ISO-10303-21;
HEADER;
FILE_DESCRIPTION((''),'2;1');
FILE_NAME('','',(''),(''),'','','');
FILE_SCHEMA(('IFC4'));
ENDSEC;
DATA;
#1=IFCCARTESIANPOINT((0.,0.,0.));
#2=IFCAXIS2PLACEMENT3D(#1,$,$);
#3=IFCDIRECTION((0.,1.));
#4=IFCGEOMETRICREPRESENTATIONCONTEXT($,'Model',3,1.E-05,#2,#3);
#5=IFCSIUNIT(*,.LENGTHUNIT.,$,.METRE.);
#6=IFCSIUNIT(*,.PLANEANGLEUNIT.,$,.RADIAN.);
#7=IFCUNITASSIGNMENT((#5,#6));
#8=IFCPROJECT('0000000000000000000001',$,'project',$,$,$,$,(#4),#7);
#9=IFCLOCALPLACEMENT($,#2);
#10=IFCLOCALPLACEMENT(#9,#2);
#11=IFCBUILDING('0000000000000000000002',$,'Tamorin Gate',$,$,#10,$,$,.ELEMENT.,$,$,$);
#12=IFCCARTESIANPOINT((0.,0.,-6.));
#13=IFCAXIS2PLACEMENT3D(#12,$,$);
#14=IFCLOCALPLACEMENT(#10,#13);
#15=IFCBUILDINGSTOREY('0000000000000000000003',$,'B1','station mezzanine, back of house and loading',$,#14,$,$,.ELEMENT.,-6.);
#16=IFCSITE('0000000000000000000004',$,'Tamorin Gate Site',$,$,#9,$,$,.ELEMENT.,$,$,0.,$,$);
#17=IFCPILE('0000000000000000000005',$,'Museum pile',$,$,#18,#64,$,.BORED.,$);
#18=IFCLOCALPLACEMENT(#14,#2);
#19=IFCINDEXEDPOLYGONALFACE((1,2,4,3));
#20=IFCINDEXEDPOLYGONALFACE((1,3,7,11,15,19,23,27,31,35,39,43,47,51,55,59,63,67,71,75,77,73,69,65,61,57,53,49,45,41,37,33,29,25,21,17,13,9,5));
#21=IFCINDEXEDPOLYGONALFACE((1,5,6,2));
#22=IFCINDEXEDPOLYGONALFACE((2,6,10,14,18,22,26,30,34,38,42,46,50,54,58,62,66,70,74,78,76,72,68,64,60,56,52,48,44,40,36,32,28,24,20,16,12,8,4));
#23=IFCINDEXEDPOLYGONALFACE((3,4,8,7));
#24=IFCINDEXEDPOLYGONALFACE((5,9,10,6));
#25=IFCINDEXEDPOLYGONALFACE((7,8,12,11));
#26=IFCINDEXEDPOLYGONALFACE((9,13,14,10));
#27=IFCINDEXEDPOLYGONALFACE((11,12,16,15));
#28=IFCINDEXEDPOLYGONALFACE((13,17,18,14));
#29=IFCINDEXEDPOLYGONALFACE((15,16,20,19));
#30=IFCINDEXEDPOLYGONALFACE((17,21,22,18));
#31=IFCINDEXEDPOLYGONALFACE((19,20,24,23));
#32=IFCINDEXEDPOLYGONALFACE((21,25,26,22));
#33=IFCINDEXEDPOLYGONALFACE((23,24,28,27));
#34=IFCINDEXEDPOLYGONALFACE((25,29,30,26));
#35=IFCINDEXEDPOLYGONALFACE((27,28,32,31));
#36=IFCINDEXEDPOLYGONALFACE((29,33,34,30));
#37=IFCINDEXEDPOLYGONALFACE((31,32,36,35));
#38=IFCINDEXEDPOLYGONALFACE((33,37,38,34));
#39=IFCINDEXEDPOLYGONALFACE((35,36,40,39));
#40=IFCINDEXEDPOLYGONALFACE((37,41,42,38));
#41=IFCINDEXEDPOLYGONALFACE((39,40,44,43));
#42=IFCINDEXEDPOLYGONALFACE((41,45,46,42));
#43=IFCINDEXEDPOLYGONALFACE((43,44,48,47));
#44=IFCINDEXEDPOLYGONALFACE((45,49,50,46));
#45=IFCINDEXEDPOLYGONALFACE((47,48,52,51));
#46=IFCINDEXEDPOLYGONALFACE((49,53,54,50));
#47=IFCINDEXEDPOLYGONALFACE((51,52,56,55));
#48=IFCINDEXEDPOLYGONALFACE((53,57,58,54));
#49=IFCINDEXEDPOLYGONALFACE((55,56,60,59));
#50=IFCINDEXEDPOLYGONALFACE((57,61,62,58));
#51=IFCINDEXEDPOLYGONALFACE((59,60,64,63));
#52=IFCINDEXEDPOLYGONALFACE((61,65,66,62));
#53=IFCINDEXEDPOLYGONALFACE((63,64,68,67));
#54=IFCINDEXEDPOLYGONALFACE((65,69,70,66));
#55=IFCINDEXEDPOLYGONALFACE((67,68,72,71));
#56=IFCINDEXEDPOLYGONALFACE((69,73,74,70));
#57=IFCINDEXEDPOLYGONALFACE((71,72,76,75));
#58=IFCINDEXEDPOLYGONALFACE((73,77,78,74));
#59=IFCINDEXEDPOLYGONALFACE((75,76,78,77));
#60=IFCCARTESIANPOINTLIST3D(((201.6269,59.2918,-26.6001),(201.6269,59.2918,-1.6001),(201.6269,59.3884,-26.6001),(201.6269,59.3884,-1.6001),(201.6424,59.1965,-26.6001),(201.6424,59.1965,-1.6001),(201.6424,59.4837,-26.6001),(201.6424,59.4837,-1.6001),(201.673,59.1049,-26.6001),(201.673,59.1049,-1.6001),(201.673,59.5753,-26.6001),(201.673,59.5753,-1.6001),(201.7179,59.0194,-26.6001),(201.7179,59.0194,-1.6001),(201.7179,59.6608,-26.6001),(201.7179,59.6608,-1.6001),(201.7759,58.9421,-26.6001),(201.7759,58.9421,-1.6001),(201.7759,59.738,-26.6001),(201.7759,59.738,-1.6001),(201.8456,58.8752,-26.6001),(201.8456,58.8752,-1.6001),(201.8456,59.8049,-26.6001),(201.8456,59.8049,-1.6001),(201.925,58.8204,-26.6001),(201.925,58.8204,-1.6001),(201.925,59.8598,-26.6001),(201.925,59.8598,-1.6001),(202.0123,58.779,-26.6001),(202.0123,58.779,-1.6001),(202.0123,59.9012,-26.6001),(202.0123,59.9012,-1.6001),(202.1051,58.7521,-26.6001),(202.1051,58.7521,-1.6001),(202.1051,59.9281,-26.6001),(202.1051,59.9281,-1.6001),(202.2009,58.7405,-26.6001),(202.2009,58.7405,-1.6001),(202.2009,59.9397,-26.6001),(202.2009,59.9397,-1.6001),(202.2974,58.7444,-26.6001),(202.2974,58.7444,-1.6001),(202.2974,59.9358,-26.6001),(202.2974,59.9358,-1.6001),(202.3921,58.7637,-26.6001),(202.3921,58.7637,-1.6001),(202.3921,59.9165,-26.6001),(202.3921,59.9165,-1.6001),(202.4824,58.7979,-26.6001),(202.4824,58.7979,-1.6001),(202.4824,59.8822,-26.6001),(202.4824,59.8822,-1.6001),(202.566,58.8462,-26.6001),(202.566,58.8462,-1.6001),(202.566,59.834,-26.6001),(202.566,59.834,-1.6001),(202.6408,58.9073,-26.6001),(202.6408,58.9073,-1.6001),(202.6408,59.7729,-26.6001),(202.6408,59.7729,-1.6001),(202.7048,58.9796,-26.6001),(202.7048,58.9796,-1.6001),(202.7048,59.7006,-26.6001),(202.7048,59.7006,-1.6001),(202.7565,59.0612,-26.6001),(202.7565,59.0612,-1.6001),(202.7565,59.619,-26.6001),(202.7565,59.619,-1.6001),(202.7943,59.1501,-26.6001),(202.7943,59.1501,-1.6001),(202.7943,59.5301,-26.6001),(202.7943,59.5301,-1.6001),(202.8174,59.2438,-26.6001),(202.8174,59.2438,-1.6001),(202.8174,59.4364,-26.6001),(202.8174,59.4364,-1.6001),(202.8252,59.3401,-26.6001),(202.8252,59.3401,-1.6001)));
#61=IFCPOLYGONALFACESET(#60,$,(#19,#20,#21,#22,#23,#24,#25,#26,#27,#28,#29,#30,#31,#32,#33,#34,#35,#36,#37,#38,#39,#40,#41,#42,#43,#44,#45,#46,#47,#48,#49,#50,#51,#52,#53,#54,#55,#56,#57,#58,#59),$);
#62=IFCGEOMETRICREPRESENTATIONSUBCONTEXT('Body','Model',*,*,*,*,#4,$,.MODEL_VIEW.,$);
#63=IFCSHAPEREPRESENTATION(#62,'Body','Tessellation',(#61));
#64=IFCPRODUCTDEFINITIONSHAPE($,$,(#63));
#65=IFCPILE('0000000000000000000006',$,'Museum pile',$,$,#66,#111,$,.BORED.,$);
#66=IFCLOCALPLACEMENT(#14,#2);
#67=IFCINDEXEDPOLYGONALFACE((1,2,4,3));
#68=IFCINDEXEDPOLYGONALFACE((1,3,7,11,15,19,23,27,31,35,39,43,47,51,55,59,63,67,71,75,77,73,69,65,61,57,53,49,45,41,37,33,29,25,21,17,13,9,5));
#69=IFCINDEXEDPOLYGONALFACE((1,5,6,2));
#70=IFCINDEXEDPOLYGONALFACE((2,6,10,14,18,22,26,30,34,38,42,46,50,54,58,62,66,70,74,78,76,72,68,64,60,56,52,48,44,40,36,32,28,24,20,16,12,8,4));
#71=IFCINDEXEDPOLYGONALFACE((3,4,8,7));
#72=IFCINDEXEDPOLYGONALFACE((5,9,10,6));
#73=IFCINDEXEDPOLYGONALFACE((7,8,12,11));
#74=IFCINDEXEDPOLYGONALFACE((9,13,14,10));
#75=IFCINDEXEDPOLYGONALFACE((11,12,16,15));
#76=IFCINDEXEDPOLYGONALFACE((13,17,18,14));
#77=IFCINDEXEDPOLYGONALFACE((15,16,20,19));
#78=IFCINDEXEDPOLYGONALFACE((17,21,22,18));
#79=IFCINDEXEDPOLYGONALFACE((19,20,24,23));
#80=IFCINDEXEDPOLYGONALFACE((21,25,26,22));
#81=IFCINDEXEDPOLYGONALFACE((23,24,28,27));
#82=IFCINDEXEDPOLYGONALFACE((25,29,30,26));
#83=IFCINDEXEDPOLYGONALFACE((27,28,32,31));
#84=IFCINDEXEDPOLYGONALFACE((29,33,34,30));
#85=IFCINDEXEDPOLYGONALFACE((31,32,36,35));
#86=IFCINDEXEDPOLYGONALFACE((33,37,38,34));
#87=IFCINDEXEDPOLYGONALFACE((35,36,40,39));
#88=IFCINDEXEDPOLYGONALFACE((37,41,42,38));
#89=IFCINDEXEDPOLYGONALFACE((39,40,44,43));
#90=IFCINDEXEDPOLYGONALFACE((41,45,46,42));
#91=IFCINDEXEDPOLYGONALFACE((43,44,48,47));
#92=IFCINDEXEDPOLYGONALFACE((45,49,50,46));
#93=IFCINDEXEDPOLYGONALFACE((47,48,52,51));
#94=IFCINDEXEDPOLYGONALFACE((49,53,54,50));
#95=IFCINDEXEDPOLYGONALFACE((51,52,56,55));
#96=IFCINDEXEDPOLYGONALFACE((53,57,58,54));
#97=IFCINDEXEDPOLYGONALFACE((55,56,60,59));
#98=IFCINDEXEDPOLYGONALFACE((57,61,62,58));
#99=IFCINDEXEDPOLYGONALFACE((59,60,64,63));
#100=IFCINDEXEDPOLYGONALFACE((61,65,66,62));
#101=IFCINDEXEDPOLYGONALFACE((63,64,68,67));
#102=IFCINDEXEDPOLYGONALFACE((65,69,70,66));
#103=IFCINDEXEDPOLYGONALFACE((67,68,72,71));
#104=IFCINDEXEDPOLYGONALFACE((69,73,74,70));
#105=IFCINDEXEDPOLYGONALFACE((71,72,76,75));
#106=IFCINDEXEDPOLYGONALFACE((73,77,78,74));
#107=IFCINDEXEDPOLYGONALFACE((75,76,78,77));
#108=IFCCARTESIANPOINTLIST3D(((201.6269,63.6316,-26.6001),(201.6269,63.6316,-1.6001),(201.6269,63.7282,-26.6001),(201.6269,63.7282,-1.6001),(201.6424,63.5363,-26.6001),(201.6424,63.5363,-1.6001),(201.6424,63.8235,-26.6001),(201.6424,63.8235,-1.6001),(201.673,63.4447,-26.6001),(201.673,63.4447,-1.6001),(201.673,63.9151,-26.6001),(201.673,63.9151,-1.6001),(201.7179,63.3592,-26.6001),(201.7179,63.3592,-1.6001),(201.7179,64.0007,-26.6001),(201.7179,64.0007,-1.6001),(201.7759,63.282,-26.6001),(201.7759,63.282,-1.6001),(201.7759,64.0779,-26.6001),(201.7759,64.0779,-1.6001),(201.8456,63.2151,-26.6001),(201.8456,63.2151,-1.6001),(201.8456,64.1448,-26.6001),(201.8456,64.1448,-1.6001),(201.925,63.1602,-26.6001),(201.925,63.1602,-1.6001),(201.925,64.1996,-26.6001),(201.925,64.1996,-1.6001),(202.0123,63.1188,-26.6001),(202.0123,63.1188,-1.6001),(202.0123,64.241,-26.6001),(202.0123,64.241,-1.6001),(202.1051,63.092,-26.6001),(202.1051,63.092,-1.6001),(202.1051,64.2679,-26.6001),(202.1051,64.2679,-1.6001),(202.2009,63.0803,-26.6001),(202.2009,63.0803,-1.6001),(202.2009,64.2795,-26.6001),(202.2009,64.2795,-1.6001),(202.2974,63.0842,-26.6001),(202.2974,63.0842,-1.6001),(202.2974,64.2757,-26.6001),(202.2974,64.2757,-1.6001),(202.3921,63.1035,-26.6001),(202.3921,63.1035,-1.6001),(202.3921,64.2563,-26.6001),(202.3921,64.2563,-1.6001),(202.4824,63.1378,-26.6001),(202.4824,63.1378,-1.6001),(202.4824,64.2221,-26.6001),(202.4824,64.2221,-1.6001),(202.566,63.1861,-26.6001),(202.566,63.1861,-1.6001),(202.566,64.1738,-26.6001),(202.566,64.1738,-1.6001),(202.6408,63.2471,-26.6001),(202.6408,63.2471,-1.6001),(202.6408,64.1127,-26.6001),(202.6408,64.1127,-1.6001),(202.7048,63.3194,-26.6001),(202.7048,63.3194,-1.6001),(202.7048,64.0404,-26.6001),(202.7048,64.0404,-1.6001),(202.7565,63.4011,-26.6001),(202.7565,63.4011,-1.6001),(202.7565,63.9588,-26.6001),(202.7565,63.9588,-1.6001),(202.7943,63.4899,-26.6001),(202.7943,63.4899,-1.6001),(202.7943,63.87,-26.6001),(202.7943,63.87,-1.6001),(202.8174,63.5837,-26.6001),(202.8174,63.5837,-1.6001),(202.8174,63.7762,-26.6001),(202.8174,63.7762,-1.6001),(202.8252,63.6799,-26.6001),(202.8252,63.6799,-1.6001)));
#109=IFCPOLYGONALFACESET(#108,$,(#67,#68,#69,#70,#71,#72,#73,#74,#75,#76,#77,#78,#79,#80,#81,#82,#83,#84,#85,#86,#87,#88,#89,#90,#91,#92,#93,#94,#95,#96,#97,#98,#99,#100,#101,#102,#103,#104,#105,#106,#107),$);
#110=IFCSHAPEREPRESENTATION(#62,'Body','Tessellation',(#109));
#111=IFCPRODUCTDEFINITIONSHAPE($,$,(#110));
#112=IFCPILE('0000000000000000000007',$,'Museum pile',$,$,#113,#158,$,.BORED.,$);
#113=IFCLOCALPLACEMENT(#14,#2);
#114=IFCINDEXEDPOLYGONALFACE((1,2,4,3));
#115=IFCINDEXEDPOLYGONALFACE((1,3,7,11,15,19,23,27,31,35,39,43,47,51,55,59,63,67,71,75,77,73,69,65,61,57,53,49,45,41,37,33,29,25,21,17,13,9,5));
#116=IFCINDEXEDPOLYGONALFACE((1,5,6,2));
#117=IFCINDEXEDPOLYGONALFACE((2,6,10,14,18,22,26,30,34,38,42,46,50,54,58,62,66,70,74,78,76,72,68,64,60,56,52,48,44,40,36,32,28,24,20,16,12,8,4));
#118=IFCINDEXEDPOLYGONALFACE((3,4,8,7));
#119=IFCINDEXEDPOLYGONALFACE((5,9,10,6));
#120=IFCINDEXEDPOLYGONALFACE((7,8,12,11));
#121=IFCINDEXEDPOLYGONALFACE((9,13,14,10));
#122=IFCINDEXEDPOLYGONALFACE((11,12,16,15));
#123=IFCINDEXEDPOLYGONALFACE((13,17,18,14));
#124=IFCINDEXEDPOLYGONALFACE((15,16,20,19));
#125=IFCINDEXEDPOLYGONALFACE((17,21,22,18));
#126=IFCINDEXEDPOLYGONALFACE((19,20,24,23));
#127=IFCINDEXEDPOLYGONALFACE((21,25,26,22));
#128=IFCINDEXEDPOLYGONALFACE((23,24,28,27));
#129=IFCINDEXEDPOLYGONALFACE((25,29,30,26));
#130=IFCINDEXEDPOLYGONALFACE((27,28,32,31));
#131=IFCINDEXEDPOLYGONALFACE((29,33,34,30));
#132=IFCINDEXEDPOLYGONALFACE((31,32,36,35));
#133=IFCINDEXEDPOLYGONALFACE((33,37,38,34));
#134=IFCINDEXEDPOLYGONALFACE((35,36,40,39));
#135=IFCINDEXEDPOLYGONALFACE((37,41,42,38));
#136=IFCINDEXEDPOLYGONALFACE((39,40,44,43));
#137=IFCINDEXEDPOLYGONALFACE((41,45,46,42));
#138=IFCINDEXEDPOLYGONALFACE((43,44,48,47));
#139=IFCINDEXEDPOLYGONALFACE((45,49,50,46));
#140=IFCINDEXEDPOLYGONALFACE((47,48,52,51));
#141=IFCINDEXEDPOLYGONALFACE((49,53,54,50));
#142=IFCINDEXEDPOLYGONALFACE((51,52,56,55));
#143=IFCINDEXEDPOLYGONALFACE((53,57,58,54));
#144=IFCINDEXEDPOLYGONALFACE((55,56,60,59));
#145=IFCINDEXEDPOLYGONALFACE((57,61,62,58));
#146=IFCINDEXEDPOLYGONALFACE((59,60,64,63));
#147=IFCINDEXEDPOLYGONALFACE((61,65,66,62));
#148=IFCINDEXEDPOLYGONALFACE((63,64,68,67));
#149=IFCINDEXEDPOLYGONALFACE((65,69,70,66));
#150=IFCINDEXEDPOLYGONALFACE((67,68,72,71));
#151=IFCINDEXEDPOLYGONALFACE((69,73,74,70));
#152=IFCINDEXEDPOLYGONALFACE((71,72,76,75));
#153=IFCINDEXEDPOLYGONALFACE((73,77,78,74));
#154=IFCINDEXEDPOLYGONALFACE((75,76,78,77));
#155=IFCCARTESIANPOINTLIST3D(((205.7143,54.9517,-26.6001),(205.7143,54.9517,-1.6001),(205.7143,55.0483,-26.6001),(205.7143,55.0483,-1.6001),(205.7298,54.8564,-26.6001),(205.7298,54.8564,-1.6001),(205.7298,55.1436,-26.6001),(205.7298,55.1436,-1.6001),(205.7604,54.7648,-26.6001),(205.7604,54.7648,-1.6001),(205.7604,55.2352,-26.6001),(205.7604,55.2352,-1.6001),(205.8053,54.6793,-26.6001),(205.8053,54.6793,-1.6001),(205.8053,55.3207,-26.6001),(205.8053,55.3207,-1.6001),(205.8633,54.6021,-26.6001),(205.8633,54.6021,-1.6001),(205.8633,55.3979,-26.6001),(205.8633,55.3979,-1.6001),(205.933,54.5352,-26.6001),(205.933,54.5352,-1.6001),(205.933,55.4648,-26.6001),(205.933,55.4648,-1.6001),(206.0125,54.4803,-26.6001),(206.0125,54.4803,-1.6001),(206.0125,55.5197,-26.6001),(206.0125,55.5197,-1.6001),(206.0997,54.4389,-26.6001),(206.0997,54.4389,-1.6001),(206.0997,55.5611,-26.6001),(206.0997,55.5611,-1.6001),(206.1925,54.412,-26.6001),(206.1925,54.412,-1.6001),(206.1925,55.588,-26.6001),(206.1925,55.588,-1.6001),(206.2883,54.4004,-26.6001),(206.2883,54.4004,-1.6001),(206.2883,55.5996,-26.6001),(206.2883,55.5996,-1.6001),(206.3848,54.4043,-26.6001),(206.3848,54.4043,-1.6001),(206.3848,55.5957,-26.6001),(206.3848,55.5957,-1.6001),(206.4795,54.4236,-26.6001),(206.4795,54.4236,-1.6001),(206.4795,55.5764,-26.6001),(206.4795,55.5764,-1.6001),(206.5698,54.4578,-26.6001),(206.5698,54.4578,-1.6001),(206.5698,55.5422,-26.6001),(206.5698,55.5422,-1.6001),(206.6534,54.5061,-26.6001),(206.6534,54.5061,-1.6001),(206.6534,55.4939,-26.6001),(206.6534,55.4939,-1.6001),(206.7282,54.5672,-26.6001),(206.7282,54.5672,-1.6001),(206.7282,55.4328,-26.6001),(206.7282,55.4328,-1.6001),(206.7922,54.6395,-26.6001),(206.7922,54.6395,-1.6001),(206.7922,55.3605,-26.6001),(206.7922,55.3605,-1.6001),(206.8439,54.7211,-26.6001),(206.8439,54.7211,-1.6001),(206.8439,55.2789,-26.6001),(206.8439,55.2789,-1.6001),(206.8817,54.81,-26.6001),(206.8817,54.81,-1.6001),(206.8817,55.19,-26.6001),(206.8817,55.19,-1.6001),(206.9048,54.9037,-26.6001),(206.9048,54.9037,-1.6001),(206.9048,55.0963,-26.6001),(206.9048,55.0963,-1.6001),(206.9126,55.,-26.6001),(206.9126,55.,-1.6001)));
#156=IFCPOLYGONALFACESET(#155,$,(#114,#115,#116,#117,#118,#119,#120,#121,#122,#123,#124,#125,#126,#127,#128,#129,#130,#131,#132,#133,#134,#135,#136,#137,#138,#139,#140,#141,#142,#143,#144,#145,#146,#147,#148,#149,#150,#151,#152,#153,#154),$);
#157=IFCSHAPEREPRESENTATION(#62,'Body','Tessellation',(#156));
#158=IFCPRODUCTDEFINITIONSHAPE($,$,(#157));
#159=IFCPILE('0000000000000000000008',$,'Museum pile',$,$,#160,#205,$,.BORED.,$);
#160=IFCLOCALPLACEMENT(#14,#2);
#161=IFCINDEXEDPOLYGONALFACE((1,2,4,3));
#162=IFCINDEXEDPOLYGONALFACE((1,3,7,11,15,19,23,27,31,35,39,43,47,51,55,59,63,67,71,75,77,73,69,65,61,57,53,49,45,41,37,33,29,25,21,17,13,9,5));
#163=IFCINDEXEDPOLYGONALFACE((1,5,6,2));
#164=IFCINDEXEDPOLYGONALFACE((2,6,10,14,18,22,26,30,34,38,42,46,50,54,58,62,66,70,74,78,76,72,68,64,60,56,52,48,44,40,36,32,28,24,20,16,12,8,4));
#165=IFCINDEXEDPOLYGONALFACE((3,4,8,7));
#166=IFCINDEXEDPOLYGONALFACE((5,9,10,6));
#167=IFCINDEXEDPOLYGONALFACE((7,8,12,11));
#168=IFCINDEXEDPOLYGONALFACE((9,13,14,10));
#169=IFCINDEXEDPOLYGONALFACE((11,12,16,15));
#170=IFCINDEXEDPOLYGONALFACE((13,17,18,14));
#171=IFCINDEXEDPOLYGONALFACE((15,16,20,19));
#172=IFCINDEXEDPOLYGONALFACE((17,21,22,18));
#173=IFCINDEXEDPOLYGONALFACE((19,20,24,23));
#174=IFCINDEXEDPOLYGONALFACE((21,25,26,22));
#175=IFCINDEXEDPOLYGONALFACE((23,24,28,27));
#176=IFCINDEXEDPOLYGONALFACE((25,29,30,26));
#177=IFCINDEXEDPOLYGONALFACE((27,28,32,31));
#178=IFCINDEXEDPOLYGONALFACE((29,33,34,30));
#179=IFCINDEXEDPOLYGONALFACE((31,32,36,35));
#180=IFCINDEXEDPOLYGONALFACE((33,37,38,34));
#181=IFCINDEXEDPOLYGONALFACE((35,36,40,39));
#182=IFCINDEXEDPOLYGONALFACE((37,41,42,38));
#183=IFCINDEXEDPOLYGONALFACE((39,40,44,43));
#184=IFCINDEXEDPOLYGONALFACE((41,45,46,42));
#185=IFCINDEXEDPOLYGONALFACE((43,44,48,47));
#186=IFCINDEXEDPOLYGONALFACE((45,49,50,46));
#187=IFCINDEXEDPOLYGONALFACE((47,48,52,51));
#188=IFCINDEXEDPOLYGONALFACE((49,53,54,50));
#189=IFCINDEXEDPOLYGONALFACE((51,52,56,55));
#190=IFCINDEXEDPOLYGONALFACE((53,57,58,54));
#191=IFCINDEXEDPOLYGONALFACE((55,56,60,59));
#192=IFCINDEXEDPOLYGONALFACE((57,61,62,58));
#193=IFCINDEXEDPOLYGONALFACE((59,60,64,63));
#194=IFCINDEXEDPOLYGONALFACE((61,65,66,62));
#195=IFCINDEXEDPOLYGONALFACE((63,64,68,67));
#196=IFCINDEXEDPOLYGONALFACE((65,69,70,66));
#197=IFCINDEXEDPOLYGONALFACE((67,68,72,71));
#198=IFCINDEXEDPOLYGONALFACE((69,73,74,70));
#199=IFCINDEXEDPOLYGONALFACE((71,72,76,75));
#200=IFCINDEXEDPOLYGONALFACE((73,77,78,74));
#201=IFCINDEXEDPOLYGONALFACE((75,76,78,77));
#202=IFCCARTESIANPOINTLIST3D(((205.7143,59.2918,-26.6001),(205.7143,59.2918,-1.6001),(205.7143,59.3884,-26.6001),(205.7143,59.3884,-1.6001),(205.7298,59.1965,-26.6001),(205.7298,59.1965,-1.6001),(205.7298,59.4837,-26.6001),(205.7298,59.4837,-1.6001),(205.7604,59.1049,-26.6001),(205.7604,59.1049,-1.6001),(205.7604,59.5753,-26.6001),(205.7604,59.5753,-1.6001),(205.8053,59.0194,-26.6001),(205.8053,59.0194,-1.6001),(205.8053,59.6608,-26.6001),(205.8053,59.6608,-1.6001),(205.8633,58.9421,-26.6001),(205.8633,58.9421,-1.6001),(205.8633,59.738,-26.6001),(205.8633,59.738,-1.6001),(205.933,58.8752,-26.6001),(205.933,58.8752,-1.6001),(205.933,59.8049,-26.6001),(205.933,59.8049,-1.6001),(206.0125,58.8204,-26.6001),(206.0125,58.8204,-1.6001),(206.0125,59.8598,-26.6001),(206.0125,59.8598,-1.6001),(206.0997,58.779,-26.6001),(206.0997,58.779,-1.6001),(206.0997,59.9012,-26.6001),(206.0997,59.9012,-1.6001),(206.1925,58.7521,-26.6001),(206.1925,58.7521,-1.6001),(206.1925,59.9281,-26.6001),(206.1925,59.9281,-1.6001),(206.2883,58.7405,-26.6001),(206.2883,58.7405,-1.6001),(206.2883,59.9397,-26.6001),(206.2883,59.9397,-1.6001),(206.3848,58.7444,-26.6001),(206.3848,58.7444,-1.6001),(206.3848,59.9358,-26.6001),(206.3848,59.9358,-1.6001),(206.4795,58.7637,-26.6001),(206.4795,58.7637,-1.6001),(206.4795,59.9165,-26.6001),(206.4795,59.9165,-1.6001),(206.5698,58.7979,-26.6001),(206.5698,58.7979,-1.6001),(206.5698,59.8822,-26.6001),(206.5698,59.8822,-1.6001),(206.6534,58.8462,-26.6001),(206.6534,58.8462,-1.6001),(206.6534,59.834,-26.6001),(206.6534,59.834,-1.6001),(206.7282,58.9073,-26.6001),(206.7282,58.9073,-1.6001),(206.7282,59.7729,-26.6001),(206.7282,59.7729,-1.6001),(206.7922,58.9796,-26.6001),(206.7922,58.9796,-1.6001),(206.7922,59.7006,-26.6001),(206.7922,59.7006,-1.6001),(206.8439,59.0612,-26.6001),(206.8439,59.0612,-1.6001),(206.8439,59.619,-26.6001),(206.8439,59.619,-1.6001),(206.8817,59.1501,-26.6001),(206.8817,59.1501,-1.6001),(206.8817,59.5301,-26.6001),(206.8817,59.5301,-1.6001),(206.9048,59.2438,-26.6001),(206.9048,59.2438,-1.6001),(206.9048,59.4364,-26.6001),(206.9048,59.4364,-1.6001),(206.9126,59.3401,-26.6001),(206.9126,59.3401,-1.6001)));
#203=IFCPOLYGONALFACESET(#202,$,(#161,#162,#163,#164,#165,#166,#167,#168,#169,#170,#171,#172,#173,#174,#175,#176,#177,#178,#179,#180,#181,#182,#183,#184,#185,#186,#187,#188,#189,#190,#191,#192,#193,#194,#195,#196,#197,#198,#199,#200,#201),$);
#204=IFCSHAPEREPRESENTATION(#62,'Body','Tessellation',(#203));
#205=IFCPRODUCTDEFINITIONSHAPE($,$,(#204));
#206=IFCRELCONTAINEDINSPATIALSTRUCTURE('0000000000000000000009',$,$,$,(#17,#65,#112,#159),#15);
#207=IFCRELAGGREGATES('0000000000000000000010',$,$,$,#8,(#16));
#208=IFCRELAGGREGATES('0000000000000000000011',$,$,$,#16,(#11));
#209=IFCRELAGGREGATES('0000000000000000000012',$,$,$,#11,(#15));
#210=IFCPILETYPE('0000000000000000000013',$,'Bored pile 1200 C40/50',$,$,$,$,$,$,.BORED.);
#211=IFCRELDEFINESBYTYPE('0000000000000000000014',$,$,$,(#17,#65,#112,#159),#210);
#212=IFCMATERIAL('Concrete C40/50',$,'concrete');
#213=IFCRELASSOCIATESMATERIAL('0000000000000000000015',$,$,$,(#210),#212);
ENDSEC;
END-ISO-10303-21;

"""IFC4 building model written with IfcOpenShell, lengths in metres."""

from ifc_helpers import new_model, si_unit, direction, frame, origin, origin_2d, place, context, subcontext, project, spatial, circle, extrude, material, material_profile, profile_set, type_object, element, save


model = new_model("IFC4")

# Units and contexts
model_context = context("Model", 3, precision=1e-05, world=origin(), true_north=direction((0.0, 1.0)))
body_context = subcontext(model_context, "Body", "Model", "MODEL_VIEW")
ifc_project = project(units=[si_unit("LENGTHUNIT", "METRE"), si_unit("PLANEANGLEUNIT", "RADIAN")], contexts=[model_context])

# Site, building, storey
site_placement = place(None, origin())
site = spatial("IfcSite", under=ifc_project, at=site_placement, Name="Tamorin Gate Site", CompositionType="ELEMENT", RefElevation=0.0)
building_placement = place(site_placement, origin())
building = spatial("IfcBuilding", under=site, at=building_placement, Name="Tamorin Gate", CompositionType="ELEMENT")
storey_placement = place(building_placement, frame((0.0, 0.0, -6.0)))
storey = spatial("IfcBuildingStorey", under=building, at=storey_placement, Name="B1", Description="station mezzanine, back of house and loading", CompositionType="ELEMENT", Elevation=-6.0)

# Piles
ifc_material_1 = material(Name="Concrete C40/50", Category="concrete")
ifc_material_profile_1 = material_profile(ifc_material_1, circle(Radius=0.6001, at=origin_2d()))
ifc_profile_set_1 = profile_set([ifc_material_profile_1], Name="Concrete C40/50")
pile_type = type_object("IfcPileType", Name="Bored pile 1200 C40/50", PredefinedType="BORED", material=ifc_profile_set_1)
for number, where, z_axis, x_axis, name in (
    (1, (202.2251, 59.3401, -1.6001), (0.0, 0.0, -1.0), (1.0, 0.0, 0.0), "Museum pile"),
    (2, (202.2251, 63.6799, -1.6001), (0.0, 0.0, -1.0), (1.0, 0.0, 0.0), "Museum pile"),
    (3, (206.3125, 55.0, -1.6001), (0.0, 0.0, -1.0), (1.0, 0.0, 0.0), "Museum pile"),
    (4, (206.3125, 59.3401, -1.6001), (0.0, 0.0, -1.0), (1.0, 0.0, 0.0), "Museum pile"),
):
    element("IfcPile", number, at=place(storey_placement, frame(where, z_axis=z_axis, x_axis=x_axis)), inside=storey, type_object=pile_type, Name=name, PredefinedType="BORED", context=body_context, shape_type="SweptSolid", body=[
        extrude(circle(Radius=0.6001, at=origin_2d()), origin(), (0.0, 0.0, 1.0), 25.0),
    ])

save(model, "model.ifc")
